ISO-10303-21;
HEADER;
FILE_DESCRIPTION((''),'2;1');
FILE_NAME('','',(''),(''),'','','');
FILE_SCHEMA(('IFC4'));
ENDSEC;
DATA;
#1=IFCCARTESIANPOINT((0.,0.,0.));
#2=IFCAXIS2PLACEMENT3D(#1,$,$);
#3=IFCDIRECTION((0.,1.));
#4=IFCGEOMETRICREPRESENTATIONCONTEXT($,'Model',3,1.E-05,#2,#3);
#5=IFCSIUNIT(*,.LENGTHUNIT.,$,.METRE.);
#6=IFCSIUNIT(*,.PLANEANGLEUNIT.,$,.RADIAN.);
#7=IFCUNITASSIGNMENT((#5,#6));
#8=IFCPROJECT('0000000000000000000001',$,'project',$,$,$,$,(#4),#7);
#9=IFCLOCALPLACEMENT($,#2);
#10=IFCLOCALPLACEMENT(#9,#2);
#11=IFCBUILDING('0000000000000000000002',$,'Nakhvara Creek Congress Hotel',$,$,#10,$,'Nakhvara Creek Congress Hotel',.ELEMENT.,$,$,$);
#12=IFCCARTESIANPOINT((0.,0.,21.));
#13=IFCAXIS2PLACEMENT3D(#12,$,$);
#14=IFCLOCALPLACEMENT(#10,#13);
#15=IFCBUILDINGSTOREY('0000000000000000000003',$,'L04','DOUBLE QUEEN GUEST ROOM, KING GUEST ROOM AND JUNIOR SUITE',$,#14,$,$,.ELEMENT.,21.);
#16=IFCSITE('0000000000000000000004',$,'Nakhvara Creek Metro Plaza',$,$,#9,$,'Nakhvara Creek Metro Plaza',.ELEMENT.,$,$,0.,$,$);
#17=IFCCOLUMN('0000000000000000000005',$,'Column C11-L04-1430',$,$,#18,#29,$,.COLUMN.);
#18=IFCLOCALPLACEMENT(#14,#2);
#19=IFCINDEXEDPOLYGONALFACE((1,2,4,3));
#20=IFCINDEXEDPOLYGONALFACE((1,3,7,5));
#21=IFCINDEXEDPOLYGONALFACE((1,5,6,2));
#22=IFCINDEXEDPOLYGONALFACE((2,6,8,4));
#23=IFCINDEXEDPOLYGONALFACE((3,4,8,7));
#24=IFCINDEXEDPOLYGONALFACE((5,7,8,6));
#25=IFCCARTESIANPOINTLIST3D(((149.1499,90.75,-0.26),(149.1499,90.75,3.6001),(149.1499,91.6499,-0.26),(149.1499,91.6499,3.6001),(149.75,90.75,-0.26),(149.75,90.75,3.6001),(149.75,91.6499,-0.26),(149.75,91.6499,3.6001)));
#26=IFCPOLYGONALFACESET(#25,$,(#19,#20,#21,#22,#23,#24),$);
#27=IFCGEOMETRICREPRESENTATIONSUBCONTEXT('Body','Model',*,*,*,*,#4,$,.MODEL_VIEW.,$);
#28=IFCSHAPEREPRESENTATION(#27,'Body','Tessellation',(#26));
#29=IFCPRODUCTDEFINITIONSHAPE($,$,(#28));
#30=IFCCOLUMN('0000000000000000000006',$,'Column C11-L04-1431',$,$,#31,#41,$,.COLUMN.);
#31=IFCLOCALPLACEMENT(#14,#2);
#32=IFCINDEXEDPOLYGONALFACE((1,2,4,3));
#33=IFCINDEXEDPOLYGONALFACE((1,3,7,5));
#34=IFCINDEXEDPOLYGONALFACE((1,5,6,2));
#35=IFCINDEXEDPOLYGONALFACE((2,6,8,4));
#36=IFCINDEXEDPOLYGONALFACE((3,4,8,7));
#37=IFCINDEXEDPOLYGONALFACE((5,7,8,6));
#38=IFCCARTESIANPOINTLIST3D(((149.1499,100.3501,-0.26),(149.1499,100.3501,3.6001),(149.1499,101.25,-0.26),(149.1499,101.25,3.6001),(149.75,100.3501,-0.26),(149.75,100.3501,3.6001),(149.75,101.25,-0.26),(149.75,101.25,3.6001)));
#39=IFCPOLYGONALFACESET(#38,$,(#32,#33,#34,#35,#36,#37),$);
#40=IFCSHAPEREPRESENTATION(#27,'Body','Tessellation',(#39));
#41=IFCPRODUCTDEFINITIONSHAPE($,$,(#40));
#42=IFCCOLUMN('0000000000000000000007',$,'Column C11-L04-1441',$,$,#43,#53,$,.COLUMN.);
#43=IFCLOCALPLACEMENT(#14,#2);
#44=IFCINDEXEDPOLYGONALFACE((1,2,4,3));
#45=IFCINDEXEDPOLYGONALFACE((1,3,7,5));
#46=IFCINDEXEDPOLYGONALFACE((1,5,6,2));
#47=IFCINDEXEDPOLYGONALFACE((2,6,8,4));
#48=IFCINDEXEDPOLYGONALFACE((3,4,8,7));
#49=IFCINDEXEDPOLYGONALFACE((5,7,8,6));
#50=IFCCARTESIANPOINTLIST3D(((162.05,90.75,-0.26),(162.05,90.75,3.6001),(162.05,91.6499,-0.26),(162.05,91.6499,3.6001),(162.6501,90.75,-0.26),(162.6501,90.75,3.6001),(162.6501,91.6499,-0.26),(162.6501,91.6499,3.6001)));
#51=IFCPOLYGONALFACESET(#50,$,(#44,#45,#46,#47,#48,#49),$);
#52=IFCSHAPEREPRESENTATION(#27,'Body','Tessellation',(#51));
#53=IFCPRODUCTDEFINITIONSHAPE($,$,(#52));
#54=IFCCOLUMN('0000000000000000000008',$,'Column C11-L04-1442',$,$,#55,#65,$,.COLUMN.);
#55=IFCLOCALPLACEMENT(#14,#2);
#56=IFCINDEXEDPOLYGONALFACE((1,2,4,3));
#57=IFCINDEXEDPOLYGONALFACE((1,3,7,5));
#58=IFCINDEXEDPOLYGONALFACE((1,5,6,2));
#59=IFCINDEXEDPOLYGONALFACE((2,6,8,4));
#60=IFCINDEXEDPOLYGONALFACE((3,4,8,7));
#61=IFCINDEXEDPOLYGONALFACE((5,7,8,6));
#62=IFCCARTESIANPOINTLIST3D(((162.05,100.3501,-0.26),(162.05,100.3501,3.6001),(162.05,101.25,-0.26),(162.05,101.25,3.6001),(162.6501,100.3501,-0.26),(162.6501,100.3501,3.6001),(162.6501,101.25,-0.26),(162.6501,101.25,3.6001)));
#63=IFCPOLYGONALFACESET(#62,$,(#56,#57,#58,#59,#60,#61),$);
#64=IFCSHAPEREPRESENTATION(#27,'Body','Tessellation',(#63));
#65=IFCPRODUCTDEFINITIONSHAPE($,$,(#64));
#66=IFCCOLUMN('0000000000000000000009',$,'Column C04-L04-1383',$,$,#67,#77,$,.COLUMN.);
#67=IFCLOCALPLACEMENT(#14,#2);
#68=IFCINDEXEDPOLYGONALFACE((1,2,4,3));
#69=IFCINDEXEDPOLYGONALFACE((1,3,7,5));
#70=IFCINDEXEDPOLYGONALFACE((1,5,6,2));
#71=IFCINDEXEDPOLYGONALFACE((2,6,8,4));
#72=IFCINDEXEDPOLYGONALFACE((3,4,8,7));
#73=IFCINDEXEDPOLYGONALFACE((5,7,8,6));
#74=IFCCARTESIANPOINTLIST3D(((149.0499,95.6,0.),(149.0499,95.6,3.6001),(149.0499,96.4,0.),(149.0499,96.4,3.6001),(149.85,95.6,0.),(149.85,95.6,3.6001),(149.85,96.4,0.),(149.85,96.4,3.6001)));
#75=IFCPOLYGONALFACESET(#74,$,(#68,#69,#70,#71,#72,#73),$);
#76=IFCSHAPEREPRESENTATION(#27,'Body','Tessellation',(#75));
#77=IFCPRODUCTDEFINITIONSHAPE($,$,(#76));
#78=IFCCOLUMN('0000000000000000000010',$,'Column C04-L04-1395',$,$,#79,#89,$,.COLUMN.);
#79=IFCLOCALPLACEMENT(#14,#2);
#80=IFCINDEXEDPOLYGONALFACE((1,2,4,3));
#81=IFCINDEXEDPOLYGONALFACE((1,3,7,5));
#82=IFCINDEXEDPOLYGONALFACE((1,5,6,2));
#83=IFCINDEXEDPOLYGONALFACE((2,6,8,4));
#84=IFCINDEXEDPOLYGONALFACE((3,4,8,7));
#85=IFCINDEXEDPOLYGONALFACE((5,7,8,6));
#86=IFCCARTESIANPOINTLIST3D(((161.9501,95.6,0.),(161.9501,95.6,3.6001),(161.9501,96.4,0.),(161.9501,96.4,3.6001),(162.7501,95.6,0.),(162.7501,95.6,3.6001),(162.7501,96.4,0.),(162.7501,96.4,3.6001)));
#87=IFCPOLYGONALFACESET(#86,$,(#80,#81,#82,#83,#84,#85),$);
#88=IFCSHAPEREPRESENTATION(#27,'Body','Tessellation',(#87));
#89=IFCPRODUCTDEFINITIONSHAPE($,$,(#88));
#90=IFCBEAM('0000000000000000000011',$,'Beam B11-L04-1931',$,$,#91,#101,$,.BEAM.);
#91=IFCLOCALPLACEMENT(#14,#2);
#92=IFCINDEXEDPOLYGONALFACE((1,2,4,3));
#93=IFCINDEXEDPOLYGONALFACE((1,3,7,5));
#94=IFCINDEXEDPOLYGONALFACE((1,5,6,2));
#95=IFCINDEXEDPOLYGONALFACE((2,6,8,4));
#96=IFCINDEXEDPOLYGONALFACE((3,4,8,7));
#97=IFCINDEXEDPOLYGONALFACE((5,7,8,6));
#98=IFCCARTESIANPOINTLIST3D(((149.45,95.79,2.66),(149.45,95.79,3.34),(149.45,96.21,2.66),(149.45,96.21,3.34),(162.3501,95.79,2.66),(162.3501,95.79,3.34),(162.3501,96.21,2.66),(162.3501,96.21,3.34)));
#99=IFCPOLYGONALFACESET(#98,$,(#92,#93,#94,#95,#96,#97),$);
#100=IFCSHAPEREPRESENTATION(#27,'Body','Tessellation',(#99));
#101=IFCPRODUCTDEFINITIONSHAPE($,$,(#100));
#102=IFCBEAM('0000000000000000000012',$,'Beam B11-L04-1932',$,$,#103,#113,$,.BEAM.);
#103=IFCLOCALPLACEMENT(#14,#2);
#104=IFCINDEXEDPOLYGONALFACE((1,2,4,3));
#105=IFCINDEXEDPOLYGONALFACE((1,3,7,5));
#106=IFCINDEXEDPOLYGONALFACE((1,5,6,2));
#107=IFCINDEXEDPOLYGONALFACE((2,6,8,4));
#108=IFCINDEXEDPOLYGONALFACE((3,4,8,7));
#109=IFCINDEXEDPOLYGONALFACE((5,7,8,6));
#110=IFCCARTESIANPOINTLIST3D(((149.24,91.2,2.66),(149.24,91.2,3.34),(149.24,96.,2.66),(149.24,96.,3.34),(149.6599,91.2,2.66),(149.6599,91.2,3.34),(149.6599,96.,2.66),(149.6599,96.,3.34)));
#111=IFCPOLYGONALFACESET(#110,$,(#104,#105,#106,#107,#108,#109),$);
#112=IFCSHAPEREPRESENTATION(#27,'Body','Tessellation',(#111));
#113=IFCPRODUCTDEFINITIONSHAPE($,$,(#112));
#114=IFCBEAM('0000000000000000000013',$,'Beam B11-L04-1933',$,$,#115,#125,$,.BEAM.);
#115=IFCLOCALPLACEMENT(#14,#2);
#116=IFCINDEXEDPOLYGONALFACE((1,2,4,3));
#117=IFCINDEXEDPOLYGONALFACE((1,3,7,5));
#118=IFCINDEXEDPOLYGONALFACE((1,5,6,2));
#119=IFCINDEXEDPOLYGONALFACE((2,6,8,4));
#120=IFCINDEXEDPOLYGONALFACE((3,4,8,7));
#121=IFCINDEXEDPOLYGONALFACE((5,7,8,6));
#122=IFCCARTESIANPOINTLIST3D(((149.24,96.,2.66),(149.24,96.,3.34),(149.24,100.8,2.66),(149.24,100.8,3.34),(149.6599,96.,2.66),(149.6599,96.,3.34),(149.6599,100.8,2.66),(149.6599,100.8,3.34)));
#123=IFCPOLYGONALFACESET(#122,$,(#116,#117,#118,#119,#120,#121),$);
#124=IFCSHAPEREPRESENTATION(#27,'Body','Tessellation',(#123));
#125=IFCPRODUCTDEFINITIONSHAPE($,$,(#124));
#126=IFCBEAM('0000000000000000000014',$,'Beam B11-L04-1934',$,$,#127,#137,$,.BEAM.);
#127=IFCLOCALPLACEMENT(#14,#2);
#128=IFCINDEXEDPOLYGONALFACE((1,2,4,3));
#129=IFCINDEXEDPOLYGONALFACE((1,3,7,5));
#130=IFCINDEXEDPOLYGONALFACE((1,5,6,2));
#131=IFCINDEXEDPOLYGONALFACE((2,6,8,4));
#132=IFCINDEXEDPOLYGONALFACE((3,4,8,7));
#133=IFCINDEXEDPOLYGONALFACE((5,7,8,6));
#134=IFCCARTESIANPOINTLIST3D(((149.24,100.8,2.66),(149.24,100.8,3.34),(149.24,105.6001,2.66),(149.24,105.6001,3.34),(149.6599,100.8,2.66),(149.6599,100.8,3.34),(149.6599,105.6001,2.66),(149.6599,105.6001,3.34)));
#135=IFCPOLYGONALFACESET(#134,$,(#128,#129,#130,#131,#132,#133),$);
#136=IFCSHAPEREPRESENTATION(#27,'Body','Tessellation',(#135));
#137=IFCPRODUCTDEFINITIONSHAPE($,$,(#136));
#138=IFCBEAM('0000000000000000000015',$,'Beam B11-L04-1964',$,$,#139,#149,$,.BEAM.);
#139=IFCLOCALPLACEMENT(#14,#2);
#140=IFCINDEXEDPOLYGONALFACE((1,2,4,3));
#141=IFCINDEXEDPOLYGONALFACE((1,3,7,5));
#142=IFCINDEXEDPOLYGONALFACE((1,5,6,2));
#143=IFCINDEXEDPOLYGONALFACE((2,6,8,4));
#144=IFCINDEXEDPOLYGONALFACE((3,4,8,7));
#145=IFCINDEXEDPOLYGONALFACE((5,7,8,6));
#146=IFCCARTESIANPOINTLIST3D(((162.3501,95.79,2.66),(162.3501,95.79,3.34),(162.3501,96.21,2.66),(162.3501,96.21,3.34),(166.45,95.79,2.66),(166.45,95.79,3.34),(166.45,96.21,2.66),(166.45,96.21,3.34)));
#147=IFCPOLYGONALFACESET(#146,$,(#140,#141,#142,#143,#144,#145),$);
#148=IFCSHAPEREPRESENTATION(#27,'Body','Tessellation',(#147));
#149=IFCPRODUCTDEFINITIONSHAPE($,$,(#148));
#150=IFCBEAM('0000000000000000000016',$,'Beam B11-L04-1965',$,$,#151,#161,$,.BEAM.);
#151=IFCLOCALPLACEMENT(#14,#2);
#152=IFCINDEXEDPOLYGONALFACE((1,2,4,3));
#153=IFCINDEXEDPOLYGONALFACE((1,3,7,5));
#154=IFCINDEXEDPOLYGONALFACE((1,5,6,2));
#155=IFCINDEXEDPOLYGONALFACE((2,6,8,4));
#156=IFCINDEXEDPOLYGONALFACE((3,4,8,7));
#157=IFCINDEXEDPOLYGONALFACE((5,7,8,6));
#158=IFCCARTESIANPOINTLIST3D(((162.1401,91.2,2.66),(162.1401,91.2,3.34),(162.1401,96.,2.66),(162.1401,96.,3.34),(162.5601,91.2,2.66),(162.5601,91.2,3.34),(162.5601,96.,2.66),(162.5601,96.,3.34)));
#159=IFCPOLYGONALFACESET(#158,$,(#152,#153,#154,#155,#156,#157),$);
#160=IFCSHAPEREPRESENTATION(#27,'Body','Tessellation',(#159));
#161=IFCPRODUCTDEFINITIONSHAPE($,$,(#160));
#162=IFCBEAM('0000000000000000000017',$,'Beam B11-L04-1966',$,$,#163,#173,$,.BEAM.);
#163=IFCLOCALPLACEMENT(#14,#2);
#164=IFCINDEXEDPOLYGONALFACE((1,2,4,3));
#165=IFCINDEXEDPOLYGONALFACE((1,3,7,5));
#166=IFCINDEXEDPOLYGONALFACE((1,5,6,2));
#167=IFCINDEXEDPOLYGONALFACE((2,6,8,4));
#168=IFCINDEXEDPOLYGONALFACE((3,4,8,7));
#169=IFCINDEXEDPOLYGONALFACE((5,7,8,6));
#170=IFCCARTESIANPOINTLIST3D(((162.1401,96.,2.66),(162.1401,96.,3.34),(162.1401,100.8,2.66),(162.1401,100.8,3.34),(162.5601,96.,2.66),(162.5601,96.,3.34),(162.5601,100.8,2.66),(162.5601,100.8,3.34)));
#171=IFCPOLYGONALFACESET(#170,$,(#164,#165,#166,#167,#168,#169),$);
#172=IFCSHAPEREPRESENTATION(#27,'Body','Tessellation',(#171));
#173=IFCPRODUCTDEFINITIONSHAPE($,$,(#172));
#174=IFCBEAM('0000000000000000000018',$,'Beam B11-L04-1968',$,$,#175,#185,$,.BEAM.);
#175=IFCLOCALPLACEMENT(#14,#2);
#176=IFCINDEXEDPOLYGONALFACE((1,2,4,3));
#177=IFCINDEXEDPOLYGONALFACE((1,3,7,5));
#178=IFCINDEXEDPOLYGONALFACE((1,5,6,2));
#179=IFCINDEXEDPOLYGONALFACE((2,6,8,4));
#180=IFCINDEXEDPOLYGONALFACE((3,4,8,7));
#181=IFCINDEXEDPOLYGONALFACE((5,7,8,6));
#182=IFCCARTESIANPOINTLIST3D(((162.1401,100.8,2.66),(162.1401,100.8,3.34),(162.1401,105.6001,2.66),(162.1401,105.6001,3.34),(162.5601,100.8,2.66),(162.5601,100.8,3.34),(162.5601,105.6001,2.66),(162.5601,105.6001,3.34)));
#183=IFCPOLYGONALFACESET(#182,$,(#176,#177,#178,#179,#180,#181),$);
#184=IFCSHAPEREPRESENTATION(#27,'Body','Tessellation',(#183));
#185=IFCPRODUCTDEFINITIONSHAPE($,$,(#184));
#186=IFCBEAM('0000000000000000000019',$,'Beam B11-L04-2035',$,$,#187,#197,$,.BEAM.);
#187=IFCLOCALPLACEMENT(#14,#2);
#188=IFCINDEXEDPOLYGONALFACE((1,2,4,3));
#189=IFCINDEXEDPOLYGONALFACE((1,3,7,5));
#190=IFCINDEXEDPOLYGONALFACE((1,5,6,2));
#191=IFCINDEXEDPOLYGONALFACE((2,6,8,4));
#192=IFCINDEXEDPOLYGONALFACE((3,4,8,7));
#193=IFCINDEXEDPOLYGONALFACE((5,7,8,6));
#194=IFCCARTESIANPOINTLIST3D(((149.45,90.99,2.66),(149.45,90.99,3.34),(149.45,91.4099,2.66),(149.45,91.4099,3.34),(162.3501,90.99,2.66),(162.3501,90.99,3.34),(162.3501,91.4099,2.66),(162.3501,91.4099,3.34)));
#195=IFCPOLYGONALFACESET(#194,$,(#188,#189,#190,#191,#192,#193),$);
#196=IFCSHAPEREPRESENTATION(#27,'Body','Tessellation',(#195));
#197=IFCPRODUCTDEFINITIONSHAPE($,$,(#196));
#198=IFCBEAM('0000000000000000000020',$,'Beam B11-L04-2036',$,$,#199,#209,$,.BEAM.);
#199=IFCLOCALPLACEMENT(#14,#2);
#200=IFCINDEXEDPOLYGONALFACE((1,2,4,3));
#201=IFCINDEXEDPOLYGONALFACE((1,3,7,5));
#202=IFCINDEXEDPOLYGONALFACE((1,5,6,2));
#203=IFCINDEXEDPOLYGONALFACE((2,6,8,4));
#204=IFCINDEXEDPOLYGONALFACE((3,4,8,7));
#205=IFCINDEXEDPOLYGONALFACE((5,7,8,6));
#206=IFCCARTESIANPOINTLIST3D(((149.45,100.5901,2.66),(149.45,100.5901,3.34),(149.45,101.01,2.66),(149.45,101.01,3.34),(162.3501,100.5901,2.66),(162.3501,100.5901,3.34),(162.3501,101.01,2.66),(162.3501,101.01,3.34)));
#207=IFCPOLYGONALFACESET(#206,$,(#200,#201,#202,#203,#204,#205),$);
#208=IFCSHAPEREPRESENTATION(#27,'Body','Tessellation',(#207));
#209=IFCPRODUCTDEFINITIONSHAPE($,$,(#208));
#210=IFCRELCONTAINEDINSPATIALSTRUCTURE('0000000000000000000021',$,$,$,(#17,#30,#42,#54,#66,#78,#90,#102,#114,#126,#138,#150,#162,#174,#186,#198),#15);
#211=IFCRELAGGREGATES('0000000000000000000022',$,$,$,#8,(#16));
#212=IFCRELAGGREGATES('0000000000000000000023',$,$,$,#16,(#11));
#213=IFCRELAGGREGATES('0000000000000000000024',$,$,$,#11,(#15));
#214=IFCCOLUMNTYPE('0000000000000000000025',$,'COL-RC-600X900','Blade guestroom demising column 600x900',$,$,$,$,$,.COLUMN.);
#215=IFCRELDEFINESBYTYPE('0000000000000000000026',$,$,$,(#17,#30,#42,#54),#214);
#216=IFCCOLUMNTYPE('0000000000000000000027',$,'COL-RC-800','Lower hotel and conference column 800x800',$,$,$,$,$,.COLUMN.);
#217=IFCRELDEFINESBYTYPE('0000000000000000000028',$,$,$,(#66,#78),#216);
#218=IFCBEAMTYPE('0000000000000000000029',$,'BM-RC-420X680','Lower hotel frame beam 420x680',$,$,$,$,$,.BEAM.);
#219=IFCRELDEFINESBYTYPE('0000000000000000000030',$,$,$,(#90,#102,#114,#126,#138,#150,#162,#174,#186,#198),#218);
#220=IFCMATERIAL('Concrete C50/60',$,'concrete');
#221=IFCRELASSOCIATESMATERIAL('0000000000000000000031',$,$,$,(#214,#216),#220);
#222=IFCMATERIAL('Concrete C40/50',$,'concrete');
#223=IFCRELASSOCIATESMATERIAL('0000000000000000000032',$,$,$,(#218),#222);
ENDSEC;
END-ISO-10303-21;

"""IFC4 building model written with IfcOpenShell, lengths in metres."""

from ifc_helpers import new_model, si_unit, direction, frame, origin, origin_2d, place, context, subcontext, project, spatial, rectangle, extrude, material, material_profile, profile_set, type_object, element, save


model = new_model("IFC4")

# Units and contexts
model_context = context("Model", 3, precision=1e-05, world=origin(), true_north=direction((0.0, 1.0)))
body_context = subcontext(model_context, "Body", "Model", "MODEL_VIEW")
ifc_project = project(units=[si_unit("LENGTHUNIT", "METRE"), si_unit("PLANEANGLEUNIT", "RADIAN")], contexts=[model_context])

# Site, building, storey
site_placement = place(None, origin())
site = spatial("IfcSite", under=ifc_project, at=site_placement, Name="Nakhvara Creek Metro Plaza", LongName="Nakhvara Creek Metro Plaza", CompositionType="ELEMENT", RefElevation=0.0)
building_placement = place(site_placement, origin())
building = spatial("IfcBuilding", under=site, at=building_placement, Name="Nakhvara Creek Congress Hotel", LongName="Nakhvara Creek Congress Hotel", CompositionType="ELEMENT")
storey_placement = place(building_placement, frame((0.0, 0.0, 21.0)))
storey = spatial("IfcBuildingStorey", under=building, at=storey_placement, Name="L04", Description="DOUBLE QUEEN GUEST ROOM, KING GUEST ROOM AND JUNIOR SUITE", CompositionType="ELEMENT", Elevation=21.0)

# Columns
ifc_material_1 = material(Name="Concrete C50/60", Category="concrete")
ifc_material_profile_1 = material_profile(ifc_material_1, rectangle(XDim=0.6001, YDim=0.8999, at=origin_2d()), Name="RC-COL 600x900", Category="LoadBearing")
ifc_profile_set_1 = profile_set([ifc_material_profile_1], Name="Concrete C50/60")
column_type_1 = type_object("IfcColumnType", Name="COL-RC-600X900", Description="Blade guestroom demising column 600x900", PredefinedType="COLUMN", material=ifc_profile_set_1)
for number, where, z_axis, x_axis, name in (
    (1, (149.45, 91.2, -0.26), (0.0, 0.0, 1.0), (1.0, 0.0, 0.0), "Column C11-L04-1430"),
    (2, (149.45, 100.8, -0.26), (0.0, 0.0, 1.0), (1.0, 0.0, 0.0), "Column C11-L04-1431"),
    (3, (162.3501, 91.2, -0.26), (0.0, 0.0, 1.0), (1.0, 0.0, 0.0), "Column C11-L04-1441"),
    (4, (162.3501, 100.8, -0.26), (0.0, 0.0, 1.0), (1.0, 0.0, 0.0), "Column C11-L04-1442"),
):
    element("IfcColumn", number, at=place(storey_placement, frame(where, z_axis=z_axis, x_axis=x_axis)), inside=storey, type_object=column_type_1, Name=name, PredefinedType="COLUMN", context=body_context, shape_type="SweptSolid", body=[
        extrude(rectangle(XDim=0.6001, YDim=0.8999, at=origin_2d()), origin(), (0.0, 0.0, 1.0), 3.8601),
    ])
ifc_material_profile_2 = material_profile(ifc_material_1, rectangle(XDim=0.8, YDim=0.8, at=origin_2d()), Name="RC-COL 800x800", Category="LoadBearing")
ifc_profile_set_2 = profile_set([ifc_material_profile_2], Name="Concrete C50/60")
column_type_2 = type_object("IfcColumnType", Name="COL-RC-800", Description="Lower hotel and conference column 800x800", PredefinedType="COLUMN", material=ifc_profile_set_2)
for number, where, z_axis, x_axis, name in (
    (5, (149.45, 96.0, 0.0), (0.0, 0.0, 1.0), (1.0, 0.0, 0.0), "Column C04-L04-1383"),
    (6, (162.3501, 96.0, 0.0), (0.0, 0.0, 1.0), (1.0, 0.0, 0.0), "Column C04-L04-1395"),
):
    element("IfcColumn", number, at=place(storey_placement, frame(where, z_axis=z_axis, x_axis=x_axis)), inside=storey, type_object=column_type_2, Name=name, PredefinedType="COLUMN", context=body_context, shape_type="SweptSolid", body=[
        extrude(rectangle(XDim=0.8, YDim=0.8, at=origin_2d()), origin(), (0.0, 0.0, 1.0), 3.6001),
    ])

# Beams
ifc_material_2 = material(Name="Concrete C40/50", Category="concrete")
ifc_material_profile_3 = material_profile(ifc_material_2, rectangle(XDim=0.4199, YDim=0.6799, at=origin_2d()), Name="RC-BM 420x680", Category="LoadBearing")
ifc_profile_set_3 = profile_set([ifc_material_profile_3], Name="Concrete C40/50")
beam_type = type_object("IfcBeamType", Name="BM-RC-420X680", Description="Lower hotel frame beam 420x680", PredefinedType="BEAM", material=ifc_profile_set_3)
beam_1_placement = place(storey_placement, frame((149.45, 96.0, 3.0), z_axis=(1.0, 0.0, 0.0), x_axis=(0.0, 1.0, 0.0)))
element("IfcBeam", 7, at=beam_1_placement, inside=storey, type_object=beam_type, Name="Beam B11-L04-1931", PredefinedType="BEAM", context=body_context, shape_type="SweptSolid", body=[
    extrude(rectangle(XDim=0.4199, YDim=0.6799, at=origin_2d()), origin(), (0.0, 0.0, 1.0), 12.9001),
])
for number, where, z_axis, x_axis, name in (
    (8, (149.45, 91.2, 3.0), (0.0, 1.0, 0.0), (-1.0, 0.0, 0.0), "Beam B11-L04-1932"),
    (9, (149.45, 96.0, 3.0), (0.0, 1.0, 0.0), (-1.0, 0.0, 0.0), "Beam B11-L04-1933"),
    (10, (149.45, 100.8, 3.0), (0.0, 1.0, 0.0), (-1.0, 0.0, 0.0), "Beam B11-L04-1934"),
):
    element("IfcBeam", number, at=place(storey_placement, frame(where, z_axis=z_axis, x_axis=x_axis)), inside=storey, type_object=beam_type, Name=name, PredefinedType="BEAM", context=body_context, shape_type="SweptSolid", body=[
        extrude(rectangle(XDim=0.4199, YDim=0.6799, at=origin_2d()), origin(), (0.0, 0.0, 1.0), 4.8),
    ])
beam_2_placement = place(storey_placement, frame((162.3501, 96.0, 3.0), z_axis=(1.0, 0.0, 0.0), x_axis=(0.0, 1.0, 0.0)))
element("IfcBeam", 11, at=beam_2_placement, inside=storey, type_object=beam_type, Name="Beam B11-L04-1964", PredefinedType="BEAM", context=body_context, shape_type="SweptSolid", body=[
    extrude(rectangle(XDim=0.4199, YDim=0.6799, at=origin_2d()), origin(), (0.0, 0.0, 1.0), 4.0999),
])
for number, where, z_axis, x_axis, name in (
    (12, (162.3501, 91.2, 3.0), (0.0, 1.0, 0.0), (-1.0, 0.0, 0.0), "Beam B11-L04-1965"),
    (13, (162.3501, 96.0, 3.0), (0.0, 1.0, 0.0), (-1.0, 0.0, 0.0), "Beam B11-L04-1966"),
    (14, (162.3501, 100.8, 3.0), (0.0, 1.0, 0.0), (-1.0, 0.0, 0.0), "Beam B11-L04-1968"),
):
    element("IfcBeam", number, at=place(storey_placement, frame(where, z_axis=z_axis, x_axis=x_axis)), inside=storey, type_object=beam_type, Name=name, PredefinedType="BEAM", context=body_context, shape_type="SweptSolid", body=[
        extrude(rectangle(XDim=0.4199, YDim=0.6799, at=origin_2d()), origin(), (0.0, 0.0, 1.0), 4.8),
    ])
for number, where, z_axis, x_axis, name in (
    (15, (149.45, 91.2, 3.0), (1.0, 0.0, 0.0), (0.0, 1.0, 0.0), "Beam B11-L04-2035"),
    (16, (149.45, 100.8, 3.0), (1.0, 0.0, 0.0), (0.0, 1.0, 0.0), "Beam B11-L04-2036"),
):
    element("IfcBeam", number, at=place(storey_placement, frame(where, z_axis=z_axis, x_axis=x_axis)), inside=storey, type_object=beam_type, Name=name, PredefinedType="BEAM", context=body_context, shape_type="SweptSolid", body=[
        extrude(rectangle(XDim=0.4199, YDim=0.6799, at=origin_2d()), origin(), (0.0, 0.0, 1.0), 12.9001),
    ])

save(model, "model.ifc")
